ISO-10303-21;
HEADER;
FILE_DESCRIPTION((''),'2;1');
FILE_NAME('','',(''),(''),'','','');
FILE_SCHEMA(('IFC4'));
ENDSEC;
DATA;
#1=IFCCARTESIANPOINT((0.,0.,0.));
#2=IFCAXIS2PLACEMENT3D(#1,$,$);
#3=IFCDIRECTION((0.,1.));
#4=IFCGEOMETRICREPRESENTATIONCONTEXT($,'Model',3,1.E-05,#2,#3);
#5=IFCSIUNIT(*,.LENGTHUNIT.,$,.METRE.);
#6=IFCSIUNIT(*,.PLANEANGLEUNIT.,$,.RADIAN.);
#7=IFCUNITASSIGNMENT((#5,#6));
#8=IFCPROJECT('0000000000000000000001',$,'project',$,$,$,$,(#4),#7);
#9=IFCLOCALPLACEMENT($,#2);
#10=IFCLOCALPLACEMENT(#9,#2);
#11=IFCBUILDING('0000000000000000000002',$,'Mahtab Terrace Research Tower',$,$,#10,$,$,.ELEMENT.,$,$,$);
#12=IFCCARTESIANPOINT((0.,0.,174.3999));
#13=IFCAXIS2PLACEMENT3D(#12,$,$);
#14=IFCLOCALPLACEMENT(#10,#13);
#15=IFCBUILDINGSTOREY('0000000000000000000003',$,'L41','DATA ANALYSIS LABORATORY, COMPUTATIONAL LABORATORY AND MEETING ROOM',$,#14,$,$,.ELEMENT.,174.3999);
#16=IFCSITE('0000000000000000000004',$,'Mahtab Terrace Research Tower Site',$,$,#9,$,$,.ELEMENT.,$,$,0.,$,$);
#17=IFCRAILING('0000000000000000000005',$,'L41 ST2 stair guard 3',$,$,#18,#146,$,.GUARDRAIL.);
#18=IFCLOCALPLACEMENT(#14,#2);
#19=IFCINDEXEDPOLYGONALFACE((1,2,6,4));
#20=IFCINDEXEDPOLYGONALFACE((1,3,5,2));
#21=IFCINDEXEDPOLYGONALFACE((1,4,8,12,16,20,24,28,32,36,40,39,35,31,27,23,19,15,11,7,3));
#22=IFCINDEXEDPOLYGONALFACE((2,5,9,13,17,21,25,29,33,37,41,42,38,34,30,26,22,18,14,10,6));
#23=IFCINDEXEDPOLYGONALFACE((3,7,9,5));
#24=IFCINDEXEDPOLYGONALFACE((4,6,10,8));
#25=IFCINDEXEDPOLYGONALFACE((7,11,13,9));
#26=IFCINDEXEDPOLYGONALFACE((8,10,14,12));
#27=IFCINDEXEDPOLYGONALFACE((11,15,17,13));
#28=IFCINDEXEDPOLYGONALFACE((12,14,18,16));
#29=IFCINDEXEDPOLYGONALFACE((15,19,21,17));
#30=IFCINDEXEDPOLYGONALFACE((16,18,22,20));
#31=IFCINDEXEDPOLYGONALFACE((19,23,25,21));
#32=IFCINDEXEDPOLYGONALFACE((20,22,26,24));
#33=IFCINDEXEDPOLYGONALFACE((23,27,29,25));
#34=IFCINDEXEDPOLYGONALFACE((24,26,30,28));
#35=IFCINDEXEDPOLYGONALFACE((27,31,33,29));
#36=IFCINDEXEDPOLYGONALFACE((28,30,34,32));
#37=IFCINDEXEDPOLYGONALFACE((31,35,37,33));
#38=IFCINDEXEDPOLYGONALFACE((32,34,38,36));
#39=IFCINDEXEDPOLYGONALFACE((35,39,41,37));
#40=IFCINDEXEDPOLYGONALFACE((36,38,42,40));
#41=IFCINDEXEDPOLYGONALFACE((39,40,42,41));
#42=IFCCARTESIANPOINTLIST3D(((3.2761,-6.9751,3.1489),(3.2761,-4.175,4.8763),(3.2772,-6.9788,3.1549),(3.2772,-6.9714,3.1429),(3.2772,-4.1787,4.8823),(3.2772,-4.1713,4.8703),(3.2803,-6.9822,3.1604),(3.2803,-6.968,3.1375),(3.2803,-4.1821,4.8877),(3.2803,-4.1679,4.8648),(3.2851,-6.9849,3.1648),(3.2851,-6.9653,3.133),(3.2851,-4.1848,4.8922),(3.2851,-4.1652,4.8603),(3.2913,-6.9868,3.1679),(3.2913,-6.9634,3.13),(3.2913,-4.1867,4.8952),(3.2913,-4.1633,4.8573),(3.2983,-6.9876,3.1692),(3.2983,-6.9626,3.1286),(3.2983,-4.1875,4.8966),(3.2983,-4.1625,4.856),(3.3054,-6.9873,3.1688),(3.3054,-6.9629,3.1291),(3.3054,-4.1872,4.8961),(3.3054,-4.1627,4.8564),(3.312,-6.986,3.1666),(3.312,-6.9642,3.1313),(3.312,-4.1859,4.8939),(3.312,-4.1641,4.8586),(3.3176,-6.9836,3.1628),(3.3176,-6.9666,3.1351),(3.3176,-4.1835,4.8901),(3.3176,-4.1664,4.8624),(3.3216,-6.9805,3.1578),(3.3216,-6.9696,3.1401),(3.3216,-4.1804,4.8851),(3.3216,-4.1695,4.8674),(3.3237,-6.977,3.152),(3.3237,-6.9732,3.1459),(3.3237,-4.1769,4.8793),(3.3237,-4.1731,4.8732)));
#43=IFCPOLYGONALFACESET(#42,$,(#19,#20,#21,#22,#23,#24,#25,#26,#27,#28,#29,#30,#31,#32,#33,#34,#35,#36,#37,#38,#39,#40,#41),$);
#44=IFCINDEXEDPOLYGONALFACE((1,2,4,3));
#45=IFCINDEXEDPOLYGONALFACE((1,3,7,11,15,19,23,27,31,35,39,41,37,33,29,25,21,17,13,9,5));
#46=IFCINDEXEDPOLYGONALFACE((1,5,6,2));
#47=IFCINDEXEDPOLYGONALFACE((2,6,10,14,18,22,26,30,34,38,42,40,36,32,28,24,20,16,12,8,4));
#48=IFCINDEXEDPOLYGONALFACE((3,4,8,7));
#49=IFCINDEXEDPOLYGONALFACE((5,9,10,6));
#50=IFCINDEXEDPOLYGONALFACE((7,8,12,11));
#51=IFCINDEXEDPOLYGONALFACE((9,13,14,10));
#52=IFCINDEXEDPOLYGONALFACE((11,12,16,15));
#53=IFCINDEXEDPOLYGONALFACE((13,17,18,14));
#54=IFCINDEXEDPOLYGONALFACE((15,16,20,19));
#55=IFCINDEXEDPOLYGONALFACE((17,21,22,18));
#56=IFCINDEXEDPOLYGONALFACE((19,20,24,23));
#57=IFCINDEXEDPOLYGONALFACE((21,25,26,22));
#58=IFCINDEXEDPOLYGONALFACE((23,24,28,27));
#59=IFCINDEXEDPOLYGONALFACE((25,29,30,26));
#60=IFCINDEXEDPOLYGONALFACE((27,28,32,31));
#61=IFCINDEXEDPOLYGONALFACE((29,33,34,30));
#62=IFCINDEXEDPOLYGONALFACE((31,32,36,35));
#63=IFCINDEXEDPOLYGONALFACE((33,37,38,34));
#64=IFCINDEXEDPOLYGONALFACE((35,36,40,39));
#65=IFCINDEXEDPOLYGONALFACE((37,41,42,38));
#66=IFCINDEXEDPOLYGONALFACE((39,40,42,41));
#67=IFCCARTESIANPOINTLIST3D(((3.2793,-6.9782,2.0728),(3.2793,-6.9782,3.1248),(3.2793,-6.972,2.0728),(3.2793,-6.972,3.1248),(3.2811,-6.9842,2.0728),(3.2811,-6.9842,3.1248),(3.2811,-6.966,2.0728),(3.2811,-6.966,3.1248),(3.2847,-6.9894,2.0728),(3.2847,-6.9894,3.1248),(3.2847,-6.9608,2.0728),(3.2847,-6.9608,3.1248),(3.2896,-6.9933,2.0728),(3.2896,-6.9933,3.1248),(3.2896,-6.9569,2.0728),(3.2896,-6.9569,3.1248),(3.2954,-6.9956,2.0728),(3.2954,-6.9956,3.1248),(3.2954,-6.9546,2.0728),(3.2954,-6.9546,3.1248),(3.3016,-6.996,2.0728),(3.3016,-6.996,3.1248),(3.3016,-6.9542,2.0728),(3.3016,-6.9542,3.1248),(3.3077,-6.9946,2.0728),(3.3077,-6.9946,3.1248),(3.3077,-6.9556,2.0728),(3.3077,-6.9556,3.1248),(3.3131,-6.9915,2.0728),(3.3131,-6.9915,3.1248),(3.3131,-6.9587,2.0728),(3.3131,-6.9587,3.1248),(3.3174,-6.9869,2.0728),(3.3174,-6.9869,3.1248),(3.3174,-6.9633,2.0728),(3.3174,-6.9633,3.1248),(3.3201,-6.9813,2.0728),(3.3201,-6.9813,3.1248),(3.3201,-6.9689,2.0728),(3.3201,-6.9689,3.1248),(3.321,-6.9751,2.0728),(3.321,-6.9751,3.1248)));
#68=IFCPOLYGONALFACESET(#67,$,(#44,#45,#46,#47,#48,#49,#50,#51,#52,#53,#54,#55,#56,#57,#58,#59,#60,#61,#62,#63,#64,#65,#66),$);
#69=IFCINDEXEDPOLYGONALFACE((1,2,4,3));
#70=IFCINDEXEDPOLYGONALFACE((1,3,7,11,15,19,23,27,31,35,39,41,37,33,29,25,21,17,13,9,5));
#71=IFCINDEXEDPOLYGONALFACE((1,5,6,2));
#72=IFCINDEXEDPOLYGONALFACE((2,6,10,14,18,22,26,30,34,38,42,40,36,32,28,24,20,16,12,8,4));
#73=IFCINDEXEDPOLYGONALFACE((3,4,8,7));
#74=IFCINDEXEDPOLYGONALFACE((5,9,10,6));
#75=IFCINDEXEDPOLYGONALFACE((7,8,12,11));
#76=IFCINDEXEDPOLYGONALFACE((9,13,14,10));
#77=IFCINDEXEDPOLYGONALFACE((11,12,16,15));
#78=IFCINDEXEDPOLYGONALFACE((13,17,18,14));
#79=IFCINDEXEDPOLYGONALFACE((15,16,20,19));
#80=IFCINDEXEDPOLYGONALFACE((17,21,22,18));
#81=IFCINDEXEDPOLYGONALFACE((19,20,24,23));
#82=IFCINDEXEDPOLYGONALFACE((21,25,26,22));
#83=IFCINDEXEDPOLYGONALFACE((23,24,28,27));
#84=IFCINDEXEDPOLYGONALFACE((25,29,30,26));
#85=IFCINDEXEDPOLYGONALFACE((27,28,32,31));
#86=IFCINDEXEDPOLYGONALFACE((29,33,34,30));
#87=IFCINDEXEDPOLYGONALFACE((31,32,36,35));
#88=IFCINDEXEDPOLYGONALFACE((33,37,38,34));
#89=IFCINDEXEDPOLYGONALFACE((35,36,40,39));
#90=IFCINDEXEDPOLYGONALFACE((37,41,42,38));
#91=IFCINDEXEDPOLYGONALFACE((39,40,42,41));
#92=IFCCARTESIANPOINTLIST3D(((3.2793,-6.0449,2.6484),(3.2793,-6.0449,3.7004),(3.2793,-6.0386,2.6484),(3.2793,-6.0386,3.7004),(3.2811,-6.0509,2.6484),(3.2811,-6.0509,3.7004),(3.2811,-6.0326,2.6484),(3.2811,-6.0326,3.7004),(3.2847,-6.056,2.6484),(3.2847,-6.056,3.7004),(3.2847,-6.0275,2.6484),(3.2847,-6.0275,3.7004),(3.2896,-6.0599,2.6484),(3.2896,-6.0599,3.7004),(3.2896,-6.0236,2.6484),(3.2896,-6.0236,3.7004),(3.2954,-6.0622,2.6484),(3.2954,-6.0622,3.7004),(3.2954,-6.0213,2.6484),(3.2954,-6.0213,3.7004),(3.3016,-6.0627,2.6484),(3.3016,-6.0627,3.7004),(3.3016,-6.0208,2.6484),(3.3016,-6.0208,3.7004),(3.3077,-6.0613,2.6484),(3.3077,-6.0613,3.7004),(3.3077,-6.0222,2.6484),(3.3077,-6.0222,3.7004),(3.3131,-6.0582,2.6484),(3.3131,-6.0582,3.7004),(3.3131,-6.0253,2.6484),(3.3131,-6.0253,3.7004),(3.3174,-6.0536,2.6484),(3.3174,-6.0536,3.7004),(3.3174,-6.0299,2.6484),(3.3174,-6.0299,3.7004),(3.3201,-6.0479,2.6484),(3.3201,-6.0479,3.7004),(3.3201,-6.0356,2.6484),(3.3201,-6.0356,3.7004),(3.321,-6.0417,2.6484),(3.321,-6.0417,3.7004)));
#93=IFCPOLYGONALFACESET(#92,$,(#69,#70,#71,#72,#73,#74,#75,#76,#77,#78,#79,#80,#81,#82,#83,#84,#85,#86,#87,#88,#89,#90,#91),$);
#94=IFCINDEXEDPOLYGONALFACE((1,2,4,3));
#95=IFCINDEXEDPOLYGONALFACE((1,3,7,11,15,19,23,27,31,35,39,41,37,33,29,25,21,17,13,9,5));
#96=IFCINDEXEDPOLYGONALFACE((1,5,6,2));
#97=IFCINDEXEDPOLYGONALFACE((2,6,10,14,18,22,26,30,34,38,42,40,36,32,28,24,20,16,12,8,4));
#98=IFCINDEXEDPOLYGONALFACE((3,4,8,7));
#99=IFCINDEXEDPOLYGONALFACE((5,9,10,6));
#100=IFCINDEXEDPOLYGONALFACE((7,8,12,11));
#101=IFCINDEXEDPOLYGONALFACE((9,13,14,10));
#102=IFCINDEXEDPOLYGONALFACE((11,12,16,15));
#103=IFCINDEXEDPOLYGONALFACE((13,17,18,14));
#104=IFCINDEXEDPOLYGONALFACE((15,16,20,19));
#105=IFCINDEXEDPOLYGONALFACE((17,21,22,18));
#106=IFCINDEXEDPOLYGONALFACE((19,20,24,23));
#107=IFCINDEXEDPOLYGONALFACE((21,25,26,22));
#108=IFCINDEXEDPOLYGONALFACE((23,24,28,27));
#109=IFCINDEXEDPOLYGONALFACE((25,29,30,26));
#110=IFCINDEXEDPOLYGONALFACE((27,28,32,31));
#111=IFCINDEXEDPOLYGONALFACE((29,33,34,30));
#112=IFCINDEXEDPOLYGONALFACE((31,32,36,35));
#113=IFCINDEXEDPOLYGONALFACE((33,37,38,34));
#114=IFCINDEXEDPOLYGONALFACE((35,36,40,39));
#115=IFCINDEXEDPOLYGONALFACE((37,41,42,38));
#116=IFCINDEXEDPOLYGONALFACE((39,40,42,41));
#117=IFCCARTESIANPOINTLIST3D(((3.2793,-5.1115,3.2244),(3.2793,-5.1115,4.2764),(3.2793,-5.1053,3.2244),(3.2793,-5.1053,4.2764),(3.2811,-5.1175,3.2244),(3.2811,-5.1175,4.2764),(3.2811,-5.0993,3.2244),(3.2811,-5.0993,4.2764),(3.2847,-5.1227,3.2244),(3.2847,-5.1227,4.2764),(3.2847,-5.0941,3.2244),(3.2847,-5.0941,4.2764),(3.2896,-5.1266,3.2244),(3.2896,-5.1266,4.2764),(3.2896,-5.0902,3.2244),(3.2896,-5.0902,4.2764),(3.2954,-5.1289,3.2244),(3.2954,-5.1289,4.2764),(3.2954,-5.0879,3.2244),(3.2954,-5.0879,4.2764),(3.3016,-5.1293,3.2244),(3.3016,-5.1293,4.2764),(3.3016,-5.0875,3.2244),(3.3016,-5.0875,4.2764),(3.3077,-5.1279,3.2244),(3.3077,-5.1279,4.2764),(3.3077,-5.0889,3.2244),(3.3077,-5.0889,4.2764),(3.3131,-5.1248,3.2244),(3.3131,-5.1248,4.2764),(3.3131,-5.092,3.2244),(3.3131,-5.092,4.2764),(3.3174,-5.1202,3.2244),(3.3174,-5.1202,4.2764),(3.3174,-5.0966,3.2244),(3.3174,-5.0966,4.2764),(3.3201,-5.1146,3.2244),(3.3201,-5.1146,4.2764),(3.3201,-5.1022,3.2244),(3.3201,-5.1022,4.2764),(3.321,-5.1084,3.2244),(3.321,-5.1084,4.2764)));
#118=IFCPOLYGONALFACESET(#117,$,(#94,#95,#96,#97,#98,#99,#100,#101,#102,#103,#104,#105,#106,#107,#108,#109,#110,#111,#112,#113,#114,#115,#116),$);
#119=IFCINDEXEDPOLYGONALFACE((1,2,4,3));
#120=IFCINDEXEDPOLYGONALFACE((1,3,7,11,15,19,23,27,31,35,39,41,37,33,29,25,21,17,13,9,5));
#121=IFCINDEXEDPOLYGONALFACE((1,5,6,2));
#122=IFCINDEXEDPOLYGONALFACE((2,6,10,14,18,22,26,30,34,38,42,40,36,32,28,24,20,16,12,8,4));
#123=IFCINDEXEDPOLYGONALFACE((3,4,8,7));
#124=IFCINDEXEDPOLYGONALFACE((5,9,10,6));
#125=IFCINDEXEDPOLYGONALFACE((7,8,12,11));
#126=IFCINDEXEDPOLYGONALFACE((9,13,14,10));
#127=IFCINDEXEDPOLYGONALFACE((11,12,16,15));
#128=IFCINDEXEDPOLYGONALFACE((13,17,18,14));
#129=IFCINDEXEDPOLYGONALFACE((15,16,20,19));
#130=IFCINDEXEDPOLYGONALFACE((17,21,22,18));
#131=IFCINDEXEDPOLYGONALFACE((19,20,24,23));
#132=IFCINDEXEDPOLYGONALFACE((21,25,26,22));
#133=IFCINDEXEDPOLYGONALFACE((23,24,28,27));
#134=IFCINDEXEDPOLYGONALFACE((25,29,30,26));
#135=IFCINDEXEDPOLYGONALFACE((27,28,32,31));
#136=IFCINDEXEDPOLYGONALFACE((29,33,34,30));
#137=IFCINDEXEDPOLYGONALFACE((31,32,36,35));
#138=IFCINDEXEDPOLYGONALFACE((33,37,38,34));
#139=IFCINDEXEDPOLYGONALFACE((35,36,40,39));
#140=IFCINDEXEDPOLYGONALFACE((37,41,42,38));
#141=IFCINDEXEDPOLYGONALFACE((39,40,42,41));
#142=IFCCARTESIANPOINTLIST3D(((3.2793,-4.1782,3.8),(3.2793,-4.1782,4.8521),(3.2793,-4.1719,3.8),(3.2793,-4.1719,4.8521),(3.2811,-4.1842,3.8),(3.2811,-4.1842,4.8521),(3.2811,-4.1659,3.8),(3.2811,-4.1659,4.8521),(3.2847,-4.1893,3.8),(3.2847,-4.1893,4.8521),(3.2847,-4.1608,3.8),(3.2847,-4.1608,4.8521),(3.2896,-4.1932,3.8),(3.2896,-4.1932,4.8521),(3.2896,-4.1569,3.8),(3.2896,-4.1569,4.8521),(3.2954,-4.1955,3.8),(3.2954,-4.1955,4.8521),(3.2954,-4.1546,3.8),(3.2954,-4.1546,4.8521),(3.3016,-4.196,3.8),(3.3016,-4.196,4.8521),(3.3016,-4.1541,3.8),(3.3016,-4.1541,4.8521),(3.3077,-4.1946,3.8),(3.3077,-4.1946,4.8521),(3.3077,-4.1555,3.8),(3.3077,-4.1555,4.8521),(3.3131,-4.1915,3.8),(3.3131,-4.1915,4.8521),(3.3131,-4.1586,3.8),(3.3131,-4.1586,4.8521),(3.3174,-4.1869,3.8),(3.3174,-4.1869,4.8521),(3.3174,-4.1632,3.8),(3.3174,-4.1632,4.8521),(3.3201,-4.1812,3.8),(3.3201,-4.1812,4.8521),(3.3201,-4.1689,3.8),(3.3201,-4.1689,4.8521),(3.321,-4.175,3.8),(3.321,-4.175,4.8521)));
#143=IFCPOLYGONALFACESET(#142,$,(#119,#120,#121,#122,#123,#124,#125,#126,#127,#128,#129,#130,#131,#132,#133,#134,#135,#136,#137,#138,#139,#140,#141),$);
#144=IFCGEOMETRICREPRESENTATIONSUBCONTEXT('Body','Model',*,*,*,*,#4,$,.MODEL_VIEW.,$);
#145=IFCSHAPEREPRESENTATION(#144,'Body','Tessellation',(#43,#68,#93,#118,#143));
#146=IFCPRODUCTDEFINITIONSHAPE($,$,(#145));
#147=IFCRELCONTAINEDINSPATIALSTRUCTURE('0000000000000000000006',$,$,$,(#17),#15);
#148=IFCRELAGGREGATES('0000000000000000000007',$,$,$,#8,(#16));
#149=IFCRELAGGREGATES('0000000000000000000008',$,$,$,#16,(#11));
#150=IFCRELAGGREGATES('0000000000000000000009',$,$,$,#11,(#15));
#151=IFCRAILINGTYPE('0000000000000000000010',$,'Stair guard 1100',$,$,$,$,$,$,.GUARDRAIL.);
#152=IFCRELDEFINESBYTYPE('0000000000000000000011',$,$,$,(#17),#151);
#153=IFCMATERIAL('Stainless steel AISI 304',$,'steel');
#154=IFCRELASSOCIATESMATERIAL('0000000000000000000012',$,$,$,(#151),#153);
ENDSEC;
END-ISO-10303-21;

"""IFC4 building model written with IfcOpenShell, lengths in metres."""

from ifc_helpers import new_model, si_unit, direction, frame, origin, origin_2d, place, context, subcontext, project, spatial, circle, extrude, material, type_object, element, save


model = new_model("IFC4")

# Units and contexts
model_context = context("Model", 3, precision=1e-05, world=origin(), true_north=direction((0.0, 1.0)))
body_context = subcontext(model_context, "Body", "Model", "MODEL_VIEW")
ifc_project = project(units=[si_unit("LENGTHUNIT", "METRE"), si_unit("PLANEANGLEUNIT", "RADIAN")], contexts=[model_context])

# Site, building, storey
site_placement = place(None, origin())
site = spatial("IfcSite", under=ifc_project, at=site_placement, Name="Mahtab Terrace Research Tower Site", CompositionType="ELEMENT", RefElevation=0.0)
building_placement = place(site_placement, origin())
building = spatial("IfcBuilding", under=site, at=building_placement, Name="Mahtab Terrace Research Tower", CompositionType="ELEMENT")
storey_placement = place(building_placement, frame((0.0, 0.0, 174.3999)))
storey = spatial("IfcBuildingStorey", under=building, at=storey_placement, Name="L41", Description="DATA ANALYSIS LABORATORY, COMPUTATIONAL LABORATORY AND MEETING ROOM", CompositionType="ELEMENT", Elevation=174.3999)

# Railing
ifc_material_1 = material(Name="Stainless steel AISI 304", Category="steel")
railing_type_1 = type_object("IfcRailingType", Name="Stair guard 1100", PredefinedType="GUARDRAIL", material=ifc_material_1)
railing_1_placement = place(storey_placement, frame((3.3, -6.9751, 2.0728)))
element("IfcRailing", 1, at=railing_1_placement, inside=storey, type_object=railing_type_1, Name="L41 ST2 stair guard 3", PredefinedType="GUARDRAIL", context=body_context, shape_type="SweptSolid", body=[
    extrude(circle(Radius=0.0239, at=origin_2d()), frame((0.0, 0.0, 1.0762), z_axis=(0.0, 0.85109, 0.52502), x_axis=(-1.0, 0.0, 0.0)), (0.0, 0.0, 1.0), 3.29),
    extrude(circle(Radius=0.021, at=origin_2d()), origin(), (0.0, 0.0, 1.0), 1.052),
    extrude(circle(Radius=0.021, at=origin_2d()), frame((0.0, 0.9333, 0.5757)), (0.0, 0.0, 1.0), 1.052),
    extrude(circle(Radius=0.021, at=origin_2d()), frame((0.0, 1.8667, 1.1516)), (0.0, 0.0, 1.0), 1.052),
    extrude(circle(Radius=0.021, at=origin_2d()), frame((0.0, 2.8, 1.7273)), (0.0, 0.0, 1.0), 1.052),
])

save(model, "model.ifc")
